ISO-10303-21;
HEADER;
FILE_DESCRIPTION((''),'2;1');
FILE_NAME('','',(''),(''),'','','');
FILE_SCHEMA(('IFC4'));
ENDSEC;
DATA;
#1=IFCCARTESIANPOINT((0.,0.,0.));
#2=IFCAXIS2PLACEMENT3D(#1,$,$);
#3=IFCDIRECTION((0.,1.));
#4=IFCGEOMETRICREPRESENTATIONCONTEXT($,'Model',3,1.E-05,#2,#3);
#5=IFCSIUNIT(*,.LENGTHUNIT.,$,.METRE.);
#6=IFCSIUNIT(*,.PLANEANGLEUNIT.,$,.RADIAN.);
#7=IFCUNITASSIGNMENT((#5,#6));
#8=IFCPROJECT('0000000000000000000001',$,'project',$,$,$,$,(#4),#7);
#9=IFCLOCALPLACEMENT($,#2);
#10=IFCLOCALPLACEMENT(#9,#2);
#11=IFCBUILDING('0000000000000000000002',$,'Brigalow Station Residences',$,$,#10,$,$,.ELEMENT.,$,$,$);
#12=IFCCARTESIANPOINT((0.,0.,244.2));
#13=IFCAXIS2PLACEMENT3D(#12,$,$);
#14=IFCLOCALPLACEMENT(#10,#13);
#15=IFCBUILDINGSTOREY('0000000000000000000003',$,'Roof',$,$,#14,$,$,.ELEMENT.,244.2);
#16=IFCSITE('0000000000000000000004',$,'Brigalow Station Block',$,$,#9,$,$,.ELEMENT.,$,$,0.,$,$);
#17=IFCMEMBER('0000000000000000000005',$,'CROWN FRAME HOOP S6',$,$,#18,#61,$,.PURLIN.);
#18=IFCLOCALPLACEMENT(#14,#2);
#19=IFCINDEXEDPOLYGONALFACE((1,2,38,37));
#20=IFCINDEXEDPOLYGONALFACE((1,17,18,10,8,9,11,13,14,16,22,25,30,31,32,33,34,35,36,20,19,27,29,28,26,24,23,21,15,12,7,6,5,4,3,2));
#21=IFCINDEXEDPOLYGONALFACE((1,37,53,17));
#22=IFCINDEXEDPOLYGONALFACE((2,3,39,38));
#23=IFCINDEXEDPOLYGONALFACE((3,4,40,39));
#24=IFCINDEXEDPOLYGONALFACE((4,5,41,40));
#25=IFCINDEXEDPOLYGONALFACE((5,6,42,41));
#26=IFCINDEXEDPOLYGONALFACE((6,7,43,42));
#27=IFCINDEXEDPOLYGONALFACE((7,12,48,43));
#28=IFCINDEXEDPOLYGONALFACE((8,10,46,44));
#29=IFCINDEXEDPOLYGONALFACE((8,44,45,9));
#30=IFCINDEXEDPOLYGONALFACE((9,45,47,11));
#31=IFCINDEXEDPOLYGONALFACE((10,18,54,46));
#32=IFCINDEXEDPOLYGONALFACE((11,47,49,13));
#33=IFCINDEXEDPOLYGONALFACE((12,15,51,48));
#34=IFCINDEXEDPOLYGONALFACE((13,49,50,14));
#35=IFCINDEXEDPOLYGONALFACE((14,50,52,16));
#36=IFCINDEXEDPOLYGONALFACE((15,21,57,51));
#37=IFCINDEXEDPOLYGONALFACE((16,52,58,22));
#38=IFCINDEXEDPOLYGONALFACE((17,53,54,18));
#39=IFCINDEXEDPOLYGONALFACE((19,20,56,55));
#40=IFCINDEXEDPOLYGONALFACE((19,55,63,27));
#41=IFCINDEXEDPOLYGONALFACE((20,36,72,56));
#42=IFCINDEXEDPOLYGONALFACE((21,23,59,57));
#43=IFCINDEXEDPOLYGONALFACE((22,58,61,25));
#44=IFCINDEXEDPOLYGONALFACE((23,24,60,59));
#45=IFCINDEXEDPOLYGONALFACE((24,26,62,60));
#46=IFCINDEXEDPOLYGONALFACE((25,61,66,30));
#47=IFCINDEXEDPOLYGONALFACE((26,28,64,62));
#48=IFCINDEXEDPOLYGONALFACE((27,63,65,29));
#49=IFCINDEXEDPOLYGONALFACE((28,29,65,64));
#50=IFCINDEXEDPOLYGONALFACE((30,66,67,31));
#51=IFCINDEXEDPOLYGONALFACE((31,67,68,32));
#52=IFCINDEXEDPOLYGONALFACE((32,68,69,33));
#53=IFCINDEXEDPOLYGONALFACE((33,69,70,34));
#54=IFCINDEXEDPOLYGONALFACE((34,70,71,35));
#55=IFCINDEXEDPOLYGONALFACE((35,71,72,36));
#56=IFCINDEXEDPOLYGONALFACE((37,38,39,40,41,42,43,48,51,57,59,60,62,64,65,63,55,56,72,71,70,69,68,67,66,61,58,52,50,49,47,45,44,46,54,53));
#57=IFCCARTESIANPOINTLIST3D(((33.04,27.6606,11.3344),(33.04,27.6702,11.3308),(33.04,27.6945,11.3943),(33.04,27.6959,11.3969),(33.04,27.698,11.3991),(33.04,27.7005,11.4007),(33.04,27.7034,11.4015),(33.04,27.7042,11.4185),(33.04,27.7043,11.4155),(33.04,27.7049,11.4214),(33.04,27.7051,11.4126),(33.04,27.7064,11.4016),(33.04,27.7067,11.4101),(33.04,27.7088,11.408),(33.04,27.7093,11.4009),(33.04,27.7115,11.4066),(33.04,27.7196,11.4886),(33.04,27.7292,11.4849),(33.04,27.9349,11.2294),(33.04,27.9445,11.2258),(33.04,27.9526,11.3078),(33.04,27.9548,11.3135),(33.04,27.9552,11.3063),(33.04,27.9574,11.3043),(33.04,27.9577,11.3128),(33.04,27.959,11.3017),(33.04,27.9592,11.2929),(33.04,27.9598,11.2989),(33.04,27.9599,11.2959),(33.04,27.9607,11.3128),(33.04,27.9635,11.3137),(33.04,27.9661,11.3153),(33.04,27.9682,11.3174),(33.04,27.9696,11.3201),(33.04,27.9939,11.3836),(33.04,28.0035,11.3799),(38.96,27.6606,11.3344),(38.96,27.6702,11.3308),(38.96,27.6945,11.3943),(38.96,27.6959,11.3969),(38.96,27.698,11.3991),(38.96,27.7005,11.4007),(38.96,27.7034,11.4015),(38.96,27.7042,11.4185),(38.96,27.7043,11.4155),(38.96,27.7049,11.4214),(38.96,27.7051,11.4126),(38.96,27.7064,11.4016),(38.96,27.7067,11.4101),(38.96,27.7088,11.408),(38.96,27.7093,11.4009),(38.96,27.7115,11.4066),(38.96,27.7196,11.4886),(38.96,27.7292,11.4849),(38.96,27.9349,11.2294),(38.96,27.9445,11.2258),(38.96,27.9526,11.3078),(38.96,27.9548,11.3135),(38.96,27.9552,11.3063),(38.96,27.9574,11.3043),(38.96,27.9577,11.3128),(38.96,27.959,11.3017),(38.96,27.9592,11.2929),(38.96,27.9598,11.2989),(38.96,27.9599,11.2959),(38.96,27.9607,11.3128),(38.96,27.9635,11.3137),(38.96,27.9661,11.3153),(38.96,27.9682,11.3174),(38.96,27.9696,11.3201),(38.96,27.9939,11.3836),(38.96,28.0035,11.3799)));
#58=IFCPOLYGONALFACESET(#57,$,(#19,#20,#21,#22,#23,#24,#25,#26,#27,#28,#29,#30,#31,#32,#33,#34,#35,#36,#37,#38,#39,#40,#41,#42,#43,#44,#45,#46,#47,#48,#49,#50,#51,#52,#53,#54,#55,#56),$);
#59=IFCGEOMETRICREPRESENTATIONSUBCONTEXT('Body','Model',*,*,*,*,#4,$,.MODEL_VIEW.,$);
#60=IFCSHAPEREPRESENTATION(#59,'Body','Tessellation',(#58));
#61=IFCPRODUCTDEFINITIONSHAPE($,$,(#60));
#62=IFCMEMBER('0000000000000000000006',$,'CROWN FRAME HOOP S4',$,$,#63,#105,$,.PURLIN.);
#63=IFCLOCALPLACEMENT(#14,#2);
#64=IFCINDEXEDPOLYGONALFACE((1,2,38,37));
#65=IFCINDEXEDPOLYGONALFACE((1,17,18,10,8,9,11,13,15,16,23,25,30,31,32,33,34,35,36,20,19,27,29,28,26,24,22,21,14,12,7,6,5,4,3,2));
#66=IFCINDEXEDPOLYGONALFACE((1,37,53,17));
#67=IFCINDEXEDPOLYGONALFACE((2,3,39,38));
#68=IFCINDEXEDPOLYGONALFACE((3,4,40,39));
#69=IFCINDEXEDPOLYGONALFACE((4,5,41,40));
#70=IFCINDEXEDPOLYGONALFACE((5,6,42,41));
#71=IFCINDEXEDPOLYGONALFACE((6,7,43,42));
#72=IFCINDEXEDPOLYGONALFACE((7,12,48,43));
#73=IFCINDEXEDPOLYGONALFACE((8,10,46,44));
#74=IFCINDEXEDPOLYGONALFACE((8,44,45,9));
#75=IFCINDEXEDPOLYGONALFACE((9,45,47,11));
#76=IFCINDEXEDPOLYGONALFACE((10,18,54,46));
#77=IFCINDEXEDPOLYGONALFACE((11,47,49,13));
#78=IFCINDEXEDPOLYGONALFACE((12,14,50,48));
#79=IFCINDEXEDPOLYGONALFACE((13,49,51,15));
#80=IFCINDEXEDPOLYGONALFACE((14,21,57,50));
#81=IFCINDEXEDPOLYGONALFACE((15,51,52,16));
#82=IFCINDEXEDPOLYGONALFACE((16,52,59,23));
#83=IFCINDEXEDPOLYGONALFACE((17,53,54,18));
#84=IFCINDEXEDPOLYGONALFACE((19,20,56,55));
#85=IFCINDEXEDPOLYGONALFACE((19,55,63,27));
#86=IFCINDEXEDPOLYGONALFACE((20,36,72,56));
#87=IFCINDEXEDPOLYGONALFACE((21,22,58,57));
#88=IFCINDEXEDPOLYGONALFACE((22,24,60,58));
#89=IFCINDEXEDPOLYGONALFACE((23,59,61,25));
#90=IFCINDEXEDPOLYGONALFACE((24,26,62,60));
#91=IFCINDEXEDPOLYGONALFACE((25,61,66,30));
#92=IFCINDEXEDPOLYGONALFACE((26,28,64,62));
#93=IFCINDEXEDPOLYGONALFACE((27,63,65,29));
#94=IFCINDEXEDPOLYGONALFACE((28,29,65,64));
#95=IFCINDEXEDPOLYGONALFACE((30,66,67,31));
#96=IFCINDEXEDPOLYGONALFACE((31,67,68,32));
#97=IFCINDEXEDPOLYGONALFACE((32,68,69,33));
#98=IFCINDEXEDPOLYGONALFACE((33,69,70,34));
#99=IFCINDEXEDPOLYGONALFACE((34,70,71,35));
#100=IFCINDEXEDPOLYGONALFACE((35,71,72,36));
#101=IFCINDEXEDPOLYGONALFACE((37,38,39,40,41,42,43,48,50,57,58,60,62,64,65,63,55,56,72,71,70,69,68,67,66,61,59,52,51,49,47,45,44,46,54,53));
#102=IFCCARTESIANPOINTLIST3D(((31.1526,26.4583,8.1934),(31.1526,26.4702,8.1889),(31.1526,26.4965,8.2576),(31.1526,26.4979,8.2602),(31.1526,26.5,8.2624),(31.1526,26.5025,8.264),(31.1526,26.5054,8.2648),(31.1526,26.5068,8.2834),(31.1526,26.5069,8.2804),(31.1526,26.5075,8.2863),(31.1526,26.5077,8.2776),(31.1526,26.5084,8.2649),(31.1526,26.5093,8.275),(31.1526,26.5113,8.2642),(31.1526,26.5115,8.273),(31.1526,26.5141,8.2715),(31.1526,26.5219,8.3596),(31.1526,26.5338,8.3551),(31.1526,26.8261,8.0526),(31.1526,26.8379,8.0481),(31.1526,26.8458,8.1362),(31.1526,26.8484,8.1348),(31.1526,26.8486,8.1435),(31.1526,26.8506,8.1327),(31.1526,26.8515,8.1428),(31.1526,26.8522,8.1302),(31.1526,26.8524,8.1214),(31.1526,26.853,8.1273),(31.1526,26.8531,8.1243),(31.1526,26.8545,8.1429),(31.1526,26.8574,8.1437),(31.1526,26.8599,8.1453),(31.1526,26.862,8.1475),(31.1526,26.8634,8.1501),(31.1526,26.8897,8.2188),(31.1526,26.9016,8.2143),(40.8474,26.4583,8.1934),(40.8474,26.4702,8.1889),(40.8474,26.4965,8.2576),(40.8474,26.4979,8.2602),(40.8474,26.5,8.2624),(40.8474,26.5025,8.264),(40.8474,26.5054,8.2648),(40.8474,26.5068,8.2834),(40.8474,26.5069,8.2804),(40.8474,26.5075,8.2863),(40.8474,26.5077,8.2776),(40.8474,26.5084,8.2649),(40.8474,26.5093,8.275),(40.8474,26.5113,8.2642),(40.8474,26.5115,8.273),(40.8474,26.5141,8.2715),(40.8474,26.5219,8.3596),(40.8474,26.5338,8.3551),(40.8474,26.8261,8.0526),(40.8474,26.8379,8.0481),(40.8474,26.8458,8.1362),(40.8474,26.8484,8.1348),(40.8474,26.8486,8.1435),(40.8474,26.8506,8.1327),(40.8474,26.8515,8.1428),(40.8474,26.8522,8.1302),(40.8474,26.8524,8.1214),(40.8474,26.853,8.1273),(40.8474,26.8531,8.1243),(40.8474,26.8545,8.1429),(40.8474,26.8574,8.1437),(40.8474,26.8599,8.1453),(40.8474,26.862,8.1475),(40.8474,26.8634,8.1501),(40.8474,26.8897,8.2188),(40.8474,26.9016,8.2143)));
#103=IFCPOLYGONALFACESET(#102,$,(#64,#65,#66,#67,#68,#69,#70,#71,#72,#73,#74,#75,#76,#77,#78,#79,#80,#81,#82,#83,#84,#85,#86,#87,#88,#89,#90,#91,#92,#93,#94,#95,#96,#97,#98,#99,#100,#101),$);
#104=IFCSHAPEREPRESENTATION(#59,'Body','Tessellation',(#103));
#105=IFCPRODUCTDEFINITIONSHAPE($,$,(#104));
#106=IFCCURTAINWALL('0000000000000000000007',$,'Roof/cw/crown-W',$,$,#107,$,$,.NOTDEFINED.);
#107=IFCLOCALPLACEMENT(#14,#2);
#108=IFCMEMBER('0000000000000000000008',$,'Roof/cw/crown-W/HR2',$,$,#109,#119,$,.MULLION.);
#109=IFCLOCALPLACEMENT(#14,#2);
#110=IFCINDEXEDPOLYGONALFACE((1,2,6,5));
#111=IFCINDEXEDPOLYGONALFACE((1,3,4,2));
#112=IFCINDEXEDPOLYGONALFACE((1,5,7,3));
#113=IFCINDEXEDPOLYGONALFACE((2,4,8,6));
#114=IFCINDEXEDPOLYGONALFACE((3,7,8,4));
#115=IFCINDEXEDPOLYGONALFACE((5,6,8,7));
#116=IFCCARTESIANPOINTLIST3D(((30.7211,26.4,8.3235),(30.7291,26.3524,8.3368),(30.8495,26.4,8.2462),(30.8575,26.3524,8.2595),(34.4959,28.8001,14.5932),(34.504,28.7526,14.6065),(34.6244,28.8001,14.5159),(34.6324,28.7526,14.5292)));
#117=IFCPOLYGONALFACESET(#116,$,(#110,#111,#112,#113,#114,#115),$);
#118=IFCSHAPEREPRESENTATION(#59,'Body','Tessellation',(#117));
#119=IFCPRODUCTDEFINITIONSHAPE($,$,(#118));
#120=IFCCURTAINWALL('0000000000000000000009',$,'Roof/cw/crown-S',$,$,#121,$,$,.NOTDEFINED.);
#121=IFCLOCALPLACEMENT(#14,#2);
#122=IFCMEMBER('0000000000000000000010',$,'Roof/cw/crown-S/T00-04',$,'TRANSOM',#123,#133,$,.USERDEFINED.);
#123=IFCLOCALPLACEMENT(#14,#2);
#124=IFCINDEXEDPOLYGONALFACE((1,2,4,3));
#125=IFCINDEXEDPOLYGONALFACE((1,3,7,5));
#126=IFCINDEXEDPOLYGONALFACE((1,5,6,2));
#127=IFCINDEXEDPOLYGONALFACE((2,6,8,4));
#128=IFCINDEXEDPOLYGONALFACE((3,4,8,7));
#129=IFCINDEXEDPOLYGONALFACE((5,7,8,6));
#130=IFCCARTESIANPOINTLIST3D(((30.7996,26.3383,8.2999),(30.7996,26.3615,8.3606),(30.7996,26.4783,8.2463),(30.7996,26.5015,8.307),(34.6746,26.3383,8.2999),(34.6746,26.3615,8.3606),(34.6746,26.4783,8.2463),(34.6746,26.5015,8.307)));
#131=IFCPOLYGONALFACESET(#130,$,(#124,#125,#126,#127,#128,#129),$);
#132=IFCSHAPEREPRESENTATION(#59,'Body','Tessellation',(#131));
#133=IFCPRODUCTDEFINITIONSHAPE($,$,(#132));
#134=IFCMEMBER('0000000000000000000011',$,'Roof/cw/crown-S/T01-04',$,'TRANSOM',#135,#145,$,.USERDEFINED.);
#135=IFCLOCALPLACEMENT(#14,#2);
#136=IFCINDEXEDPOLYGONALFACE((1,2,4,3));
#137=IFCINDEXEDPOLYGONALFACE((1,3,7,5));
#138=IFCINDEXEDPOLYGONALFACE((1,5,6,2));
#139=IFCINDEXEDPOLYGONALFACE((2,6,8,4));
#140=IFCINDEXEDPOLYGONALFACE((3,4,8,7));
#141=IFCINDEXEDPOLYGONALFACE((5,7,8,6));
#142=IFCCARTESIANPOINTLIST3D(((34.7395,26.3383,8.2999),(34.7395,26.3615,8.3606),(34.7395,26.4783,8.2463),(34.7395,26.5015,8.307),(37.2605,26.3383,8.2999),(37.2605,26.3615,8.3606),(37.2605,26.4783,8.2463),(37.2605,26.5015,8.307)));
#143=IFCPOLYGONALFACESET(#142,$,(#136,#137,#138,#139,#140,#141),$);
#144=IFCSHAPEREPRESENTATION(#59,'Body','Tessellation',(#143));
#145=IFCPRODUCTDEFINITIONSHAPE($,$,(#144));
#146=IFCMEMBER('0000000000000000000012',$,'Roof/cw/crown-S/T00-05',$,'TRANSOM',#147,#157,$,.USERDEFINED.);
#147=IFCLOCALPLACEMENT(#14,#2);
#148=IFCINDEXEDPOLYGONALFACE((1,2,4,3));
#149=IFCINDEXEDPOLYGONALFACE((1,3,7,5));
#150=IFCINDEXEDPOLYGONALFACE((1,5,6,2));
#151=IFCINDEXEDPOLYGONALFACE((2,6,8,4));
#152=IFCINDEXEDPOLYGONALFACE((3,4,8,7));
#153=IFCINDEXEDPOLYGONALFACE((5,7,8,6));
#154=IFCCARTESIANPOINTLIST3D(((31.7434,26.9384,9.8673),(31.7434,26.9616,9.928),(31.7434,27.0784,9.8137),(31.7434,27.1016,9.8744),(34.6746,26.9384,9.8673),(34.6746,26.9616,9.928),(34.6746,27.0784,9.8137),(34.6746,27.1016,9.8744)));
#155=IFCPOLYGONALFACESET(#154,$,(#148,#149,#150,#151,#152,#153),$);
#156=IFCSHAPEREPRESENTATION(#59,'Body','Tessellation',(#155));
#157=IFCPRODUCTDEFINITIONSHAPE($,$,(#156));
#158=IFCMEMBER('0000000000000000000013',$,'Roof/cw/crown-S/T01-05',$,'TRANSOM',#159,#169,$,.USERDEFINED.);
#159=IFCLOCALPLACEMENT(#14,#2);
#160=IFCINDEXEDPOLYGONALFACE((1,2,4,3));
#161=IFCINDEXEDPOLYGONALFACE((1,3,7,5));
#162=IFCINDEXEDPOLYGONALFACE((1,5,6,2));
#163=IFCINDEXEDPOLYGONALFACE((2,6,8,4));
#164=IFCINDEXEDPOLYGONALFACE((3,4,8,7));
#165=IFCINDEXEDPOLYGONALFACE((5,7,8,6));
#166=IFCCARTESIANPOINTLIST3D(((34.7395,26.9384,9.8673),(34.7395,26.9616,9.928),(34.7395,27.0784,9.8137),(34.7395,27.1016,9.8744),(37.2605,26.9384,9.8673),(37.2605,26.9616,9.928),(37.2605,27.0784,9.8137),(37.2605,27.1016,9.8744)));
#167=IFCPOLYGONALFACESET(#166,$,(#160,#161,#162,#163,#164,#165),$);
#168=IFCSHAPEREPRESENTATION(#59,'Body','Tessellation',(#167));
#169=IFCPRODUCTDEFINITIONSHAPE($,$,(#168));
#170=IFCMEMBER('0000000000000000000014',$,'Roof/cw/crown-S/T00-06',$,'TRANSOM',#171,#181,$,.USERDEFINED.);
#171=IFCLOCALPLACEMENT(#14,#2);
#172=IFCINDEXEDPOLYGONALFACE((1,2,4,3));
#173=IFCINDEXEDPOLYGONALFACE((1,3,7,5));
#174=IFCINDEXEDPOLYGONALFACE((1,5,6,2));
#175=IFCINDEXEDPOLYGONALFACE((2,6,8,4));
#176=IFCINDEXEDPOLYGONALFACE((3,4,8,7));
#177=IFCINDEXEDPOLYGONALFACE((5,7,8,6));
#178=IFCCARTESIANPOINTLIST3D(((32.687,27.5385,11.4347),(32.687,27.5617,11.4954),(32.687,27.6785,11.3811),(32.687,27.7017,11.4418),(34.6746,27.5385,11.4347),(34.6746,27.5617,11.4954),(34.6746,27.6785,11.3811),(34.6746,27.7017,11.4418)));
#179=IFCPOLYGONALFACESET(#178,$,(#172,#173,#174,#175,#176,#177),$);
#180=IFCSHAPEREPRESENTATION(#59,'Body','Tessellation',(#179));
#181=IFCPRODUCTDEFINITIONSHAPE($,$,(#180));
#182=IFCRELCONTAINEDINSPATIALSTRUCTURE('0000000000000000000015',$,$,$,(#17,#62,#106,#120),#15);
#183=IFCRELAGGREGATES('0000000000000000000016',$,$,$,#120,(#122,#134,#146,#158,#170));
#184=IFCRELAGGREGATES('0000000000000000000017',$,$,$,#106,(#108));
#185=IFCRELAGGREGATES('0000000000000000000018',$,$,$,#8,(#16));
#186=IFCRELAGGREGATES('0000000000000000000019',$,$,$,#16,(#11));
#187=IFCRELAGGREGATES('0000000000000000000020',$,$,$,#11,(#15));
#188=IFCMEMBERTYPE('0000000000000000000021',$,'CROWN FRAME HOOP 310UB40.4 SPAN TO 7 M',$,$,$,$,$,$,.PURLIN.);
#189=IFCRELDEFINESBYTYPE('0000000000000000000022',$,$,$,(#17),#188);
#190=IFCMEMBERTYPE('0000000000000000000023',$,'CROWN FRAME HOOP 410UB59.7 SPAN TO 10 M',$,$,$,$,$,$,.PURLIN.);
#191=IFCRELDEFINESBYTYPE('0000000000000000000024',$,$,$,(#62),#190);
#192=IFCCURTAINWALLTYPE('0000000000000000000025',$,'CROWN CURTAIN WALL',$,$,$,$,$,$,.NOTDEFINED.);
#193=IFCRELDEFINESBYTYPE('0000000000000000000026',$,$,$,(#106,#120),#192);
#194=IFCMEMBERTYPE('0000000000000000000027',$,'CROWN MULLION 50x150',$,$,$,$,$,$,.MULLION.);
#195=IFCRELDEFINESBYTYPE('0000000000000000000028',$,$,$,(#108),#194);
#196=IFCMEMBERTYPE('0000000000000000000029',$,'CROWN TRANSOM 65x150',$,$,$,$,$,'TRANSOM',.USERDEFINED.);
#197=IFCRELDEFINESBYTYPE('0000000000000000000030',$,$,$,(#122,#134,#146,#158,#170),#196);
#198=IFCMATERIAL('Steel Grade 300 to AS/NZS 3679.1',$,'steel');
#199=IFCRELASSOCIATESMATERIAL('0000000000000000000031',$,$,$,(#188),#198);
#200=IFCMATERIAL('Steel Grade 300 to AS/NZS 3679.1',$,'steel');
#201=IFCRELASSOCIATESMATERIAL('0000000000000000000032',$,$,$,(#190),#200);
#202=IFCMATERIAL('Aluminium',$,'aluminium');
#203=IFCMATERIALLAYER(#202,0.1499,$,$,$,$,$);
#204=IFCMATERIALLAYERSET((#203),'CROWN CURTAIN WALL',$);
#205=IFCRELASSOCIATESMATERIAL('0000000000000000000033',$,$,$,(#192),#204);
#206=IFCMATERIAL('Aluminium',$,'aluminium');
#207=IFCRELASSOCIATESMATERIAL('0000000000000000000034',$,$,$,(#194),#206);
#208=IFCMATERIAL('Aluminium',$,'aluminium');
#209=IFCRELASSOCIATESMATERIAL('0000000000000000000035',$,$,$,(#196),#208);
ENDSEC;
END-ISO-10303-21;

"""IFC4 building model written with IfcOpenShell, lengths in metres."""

from ifc_helpers import new_model, si_unit, direction, frame, origin, origin_2d, place, context, subcontext, project, spatial, rectangle, i_section, extrude, material, layer, layer_set, material_profile, profile_set, type_object, element, aggregate, save


model = new_model("IFC4")

# Units and contexts
model_context = context("Model", 3, precision=1e-05, world=origin(), true_north=direction((0.0, 1.0)))
body_context = subcontext(model_context, "Body", "Model", "MODEL_VIEW")
ifc_project = project(units=[si_unit("LENGTHUNIT", "METRE"), si_unit("PLANEANGLEUNIT", "RADIAN")], contexts=[model_context])

# Site, building, storey
site_placement = place(None, origin())
site = spatial("IfcSite", under=ifc_project, at=site_placement, Name="Brigalow Station Block", CompositionType="ELEMENT", RefElevation=0.0)
building_placement = place(site_placement, origin())
building = spatial("IfcBuilding", under=site, at=building_placement, Name="Brigalow Station Residences", CompositionType="ELEMENT")
storey_placement = place(building_placement, frame((0.0, 0.0, 244.2)))
storey = spatial("IfcBuildingStorey", under=building, at=storey_placement, Name="Roof", CompositionType="ELEMENT", Elevation=244.2)

# Members
ifc_material_1 = material(Name="Steel Grade 300 to AS/NZS 3679.1", Category="steel")
ifc_material_profile_1 = material_profile(ifc_material_1, i_section(OverallWidth=0.165, OverallDepth=0.304, WebThickness=0.0061, FlangeThickness=0.0103, FilletRadius=0.0115, at=origin_2d()), Name="310UB40.4")
ifc_profile_set_1 = profile_set([ifc_material_profile_1], Name="Steel Grade 300 to AS/NZS 3679.1")
member_type_1 = type_object("IfcMemberType", Name="CROWN FRAME HOOP 310UB40.4 SPAN TO 7 M", PredefinedType="PURLIN", material=ifc_profile_set_1)
member_1_placement = place(storey_placement, frame((33.04, 27.832, 11.3572), z_axis=(1.0, 0.0, 0.0), x_axis=(0.0, 0.357491, 0.933917)))
element("IfcMember", 1, at=member_1_placement, inside=storey, type_object=member_type_1, Name="CROWN FRAME HOOP S6", PredefinedType="PURLIN", context=body_context, shape_type="SweptSolid", body=[
    extrude(i_section(OverallWidth=0.165, OverallDepth=0.304, WebThickness=0.0061, FlangeThickness=0.0103, FilletRadius=0.0115, at=origin_2d()), origin(), (0.0, 0.0, 1.0), 5.9199),
])
ifc_material_2 = material(Name="Steel Grade 300 to AS/NZS 3679.1", Category="steel")
ifc_material_profile_2 = material_profile(ifc_material_2, i_section(OverallWidth=0.178, OverallDepth=0.4065, WebThickness=0.0078, FlangeThickness=0.0127, FilletRadius=0.0115, at=origin_2d()), Name="410UB59.7")
ifc_profile_set_2 = profile_set([ifc_material_profile_2], Name="Steel Grade 300 to AS/NZS 3679.1")
member_type_2 = type_object("IfcMemberType", Name="CROWN FRAME HOOP 410UB59.7 SPAN TO 10 M", PredefinedType="PURLIN", material=ifc_profile_set_2)
member_2_placement = place(storey_placement, frame((31.1526, 26.6799, 8.2039), z_axis=(1.0, 0.0, 0.0), x_axis=(0.0, 0.357491, 0.933917)))
element("IfcMember", 2, at=member_2_placement, inside=storey, type_object=member_type_2, Name="CROWN FRAME HOOP S4", PredefinedType="PURLIN", context=body_context, shape_type="SweptSolid", body=[
    extrude(i_section(OverallWidth=0.178, OverallDepth=0.4065, WebThickness=0.0078, FlangeThickness=0.0127, FilletRadius=0.0115, at=origin_2d()), origin(), (0.0, 0.0, 1.0), 9.6948),
])

# Curtain wall, member
ifc_material_3 = material(Name="Aluminium", Category="aluminium")
ifc_layer_1 = layer(ifc_material_3, 0.1499)
ifc_layer_set_1 = layer_set([ifc_layer_1], Name="CROWN CURTAIN WALL")
curtain_wall_type = type_object("IfcCurtainWallType", Name="CROWN CURTAIN WALL", PredefinedType="NOTDEFINED", material=ifc_layer_set_1)
curtain_wall_1_placement = place(storey_placement, origin())
curtain_wall_1 = element("IfcCurtainWall", 3, at=curtain_wall_1_placement, inside=storey, type_object=curtain_wall_type, Name="Roof/cw/crown-W", PredefinedType="NOTDEFINED")
ifc_material_4 = material(Name="Aluminium", Category="aluminium")
ifc_material_profile_3 = material_profile(ifc_material_4, rectangle(XDim=0.05, YDim=0.1499, at=origin_2d()), Name="CROWN MULLION 50x150")
ifc_profile_set_3 = profile_set([ifc_material_profile_3], Name="Aluminium")
member_type_3 = type_object("IfcMemberType", Name="CROWN MULLION 50x150", PredefinedType="MULLION", material=ifc_profile_set_3)
member_3_placement = place(storey_placement, frame((30.7893, 26.3762, 8.2915), z_axis=(0.49012, 0.311627, 0.814046), x_axis=(-0.160768, 0.950205, -0.266955)))
member_3 = element("IfcMember", 4, at=member_3_placement, type_object=member_type_3, Name="Roof/cw/crown-W/HR2", PredefinedType="MULLION", context=body_context, shape_type="SweptSolid", body=[
    extrude(rectangle(XDim=0.05, YDim=0.1499, at=origin_2d()), origin(), (0.0, 0.0, 1.0), 7.7019),
])

# Curtain wall, members
curtain_wall_2_placement = place(storey_placement, origin())
curtain_wall_2 = element("IfcCurtainWall", 5, at=curtain_wall_2_placement, inside=storey, type_object=curtain_wall_type, Name="Roof/cw/crown-S", PredefinedType="NOTDEFINED")
ifc_material_5 = material(Name="Aluminium", Category="aluminium")
ifc_material_profile_4 = material_profile(ifc_material_5, rectangle(XDim=0.0649, YDim=0.1499, at=origin_2d()), Name="CROWN TRANSOM 65x150")
ifc_profile_set_4 = profile_set([ifc_material_profile_4], Name="Aluminium")
member_type_4 = type_object("IfcMemberType", Name="CROWN TRANSOM 65x150", ElementType="TRANSOM", PredefinedType="USERDEFINED", material=ifc_profile_set_4)
member_4_placement = place(storey_placement, frame((30.7996, 26.4199, 8.3035), z_axis=(1.0, 0.0, 0.0), x_axis=(0.0, 0.357491, 0.933917)))
member_4 = element("IfcMember", 6, at=member_4_placement, type_object=member_type_4, Name="Roof/cw/crown-S/T00-04", ObjectType="TRANSOM", PredefinedType="USERDEFINED", context=body_context, shape_type="SweptSolid", body=[
    extrude(rectangle(XDim=0.0649, YDim=0.1499, at=origin_2d()), origin(), (0.0, 0.0, 1.0), 3.875),
])
member_5_placement = place(storey_placement, frame((34.7395, 26.4199, 8.3035), z_axis=(1.0, 0.0, 0.0), x_axis=(0.0, 0.357491, 0.933917)))
member_5 = element("IfcMember", 7, at=member_5_placement, type_object=member_type_4, Name="Roof/cw/crown-S/T01-04", ObjectType="TRANSOM", PredefinedType="USERDEFINED", context=body_context, shape_type="SweptSolid", body=[
    extrude(rectangle(XDim=0.0649, YDim=0.1499, at=origin_2d()), origin(), (0.0, 0.0, 1.0), 2.521),
])
member_6_placement = place(storey_placement, frame((31.7434, 27.02, 9.8708), z_axis=(1.0, 0.0, 0.0), x_axis=(0.0, 0.357491, 0.933917)))
member_6 = element("IfcMember", 8, at=member_6_placement, type_object=member_type_4, Name="Roof/cw/crown-S/T00-05", ObjectType="TRANSOM", PredefinedType="USERDEFINED", context=body_context, shape_type="SweptSolid", body=[
    extrude(rectangle(XDim=0.0649, YDim=0.1499, at=origin_2d()), origin(), (0.0, 0.0, 1.0), 2.9312),
])
member_7_placement = place(storey_placement, frame((34.7395, 27.02, 9.8708), z_axis=(1.0, 0.0, 0.0), x_axis=(0.0, 0.357491, 0.933917)))
member_7 = element("IfcMember", 9, at=member_7_placement, type_object=member_type_4, Name="Roof/cw/crown-S/T01-05", ObjectType="TRANSOM", PredefinedType="USERDEFINED", context=body_context, shape_type="SweptSolid", body=[
    extrude(rectangle(XDim=0.0649, YDim=0.1499, at=origin_2d()), origin(), (0.0, 0.0, 1.0), 2.521),
])
member_8_placement = place(storey_placement, frame((32.687, 27.6201, 11.4382), z_axis=(1.0, 0.0, 0.0), x_axis=(0.0, 0.357491, 0.933917)))
member_8 = element("IfcMember", 10, at=member_8_placement, type_object=member_type_4, Name="Roof/cw/crown-S/T00-06", ObjectType="TRANSOM", PredefinedType="USERDEFINED", context=body_context, shape_type="SweptSolid", body=[
    extrude(rectangle(XDim=0.0649, YDim=0.1499, at=origin_2d()), origin(), (0.0, 0.0, 1.0), 1.9875),
])

aggregate(curtain_wall_2, [member_4, member_5, member_6, member_7, member_8])
aggregate(curtain_wall_1, [member_3])

save(model, "model.ifc")
